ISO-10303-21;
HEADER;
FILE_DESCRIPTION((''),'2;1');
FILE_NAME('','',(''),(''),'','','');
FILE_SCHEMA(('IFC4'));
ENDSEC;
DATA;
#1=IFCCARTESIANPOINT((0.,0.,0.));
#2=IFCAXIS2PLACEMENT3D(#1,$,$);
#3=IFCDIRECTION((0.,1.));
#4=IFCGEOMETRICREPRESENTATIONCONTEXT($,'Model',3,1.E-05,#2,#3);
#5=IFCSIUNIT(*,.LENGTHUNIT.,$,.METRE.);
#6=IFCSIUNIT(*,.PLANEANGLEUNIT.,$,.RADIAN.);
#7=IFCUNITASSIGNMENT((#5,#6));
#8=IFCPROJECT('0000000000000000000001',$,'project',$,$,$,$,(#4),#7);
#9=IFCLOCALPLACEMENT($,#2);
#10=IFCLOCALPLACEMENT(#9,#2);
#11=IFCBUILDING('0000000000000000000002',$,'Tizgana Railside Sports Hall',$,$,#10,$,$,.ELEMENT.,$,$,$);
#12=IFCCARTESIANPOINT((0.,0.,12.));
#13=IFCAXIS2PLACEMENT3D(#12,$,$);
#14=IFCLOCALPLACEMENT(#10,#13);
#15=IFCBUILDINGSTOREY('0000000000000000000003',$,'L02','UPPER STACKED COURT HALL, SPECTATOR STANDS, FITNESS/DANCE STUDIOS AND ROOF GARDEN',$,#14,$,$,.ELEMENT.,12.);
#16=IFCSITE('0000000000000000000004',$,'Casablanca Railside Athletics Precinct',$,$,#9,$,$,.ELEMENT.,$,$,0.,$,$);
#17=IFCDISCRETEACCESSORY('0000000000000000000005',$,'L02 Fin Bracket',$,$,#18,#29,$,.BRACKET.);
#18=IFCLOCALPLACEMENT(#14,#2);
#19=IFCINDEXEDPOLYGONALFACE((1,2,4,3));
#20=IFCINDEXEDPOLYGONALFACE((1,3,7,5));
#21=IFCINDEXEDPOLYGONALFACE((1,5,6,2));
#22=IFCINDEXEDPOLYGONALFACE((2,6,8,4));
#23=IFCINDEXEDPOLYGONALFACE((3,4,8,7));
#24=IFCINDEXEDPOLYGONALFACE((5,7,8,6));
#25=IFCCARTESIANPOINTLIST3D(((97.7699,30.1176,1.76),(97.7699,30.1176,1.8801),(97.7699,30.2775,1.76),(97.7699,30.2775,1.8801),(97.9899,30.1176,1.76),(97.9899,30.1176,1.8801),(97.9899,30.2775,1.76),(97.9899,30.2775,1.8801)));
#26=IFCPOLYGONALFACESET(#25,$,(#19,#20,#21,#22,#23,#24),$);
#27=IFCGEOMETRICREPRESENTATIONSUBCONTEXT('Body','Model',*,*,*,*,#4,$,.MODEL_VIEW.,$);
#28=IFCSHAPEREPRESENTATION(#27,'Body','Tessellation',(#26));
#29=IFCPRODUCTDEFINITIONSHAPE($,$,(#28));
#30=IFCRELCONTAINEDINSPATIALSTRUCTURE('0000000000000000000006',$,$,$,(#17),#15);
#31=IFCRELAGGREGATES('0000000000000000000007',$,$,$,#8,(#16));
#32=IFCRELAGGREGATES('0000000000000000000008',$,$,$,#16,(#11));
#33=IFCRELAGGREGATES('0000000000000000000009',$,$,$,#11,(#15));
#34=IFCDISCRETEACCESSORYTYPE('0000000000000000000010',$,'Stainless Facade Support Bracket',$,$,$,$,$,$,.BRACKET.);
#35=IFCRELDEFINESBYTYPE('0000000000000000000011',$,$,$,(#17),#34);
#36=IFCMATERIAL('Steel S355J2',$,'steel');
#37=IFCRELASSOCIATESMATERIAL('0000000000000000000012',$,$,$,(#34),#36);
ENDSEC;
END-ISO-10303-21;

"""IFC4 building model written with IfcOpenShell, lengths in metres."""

from ifc_helpers import new_model, si_unit, direction, frame, origin, origin_2d, place, context, subcontext, project, spatial, rectangle, extrude, material, type_object, element, save


model = new_model("IFC4")

# Units and contexts
model_context = context("Model", 3, precision=1e-05, world=origin(), true_north=direction((0.0, 1.0)))
body_context = subcontext(model_context, "Body", "Model", "MODEL_VIEW")
ifc_project = project(units=[si_unit("LENGTHUNIT", "METRE"), si_unit("PLANEANGLEUNIT", "RADIAN")], contexts=[model_context])

# Site, building, storey
site_placement = place(None, origin())
site = spatial("IfcSite", under=ifc_project, at=site_placement, Name="Casablanca Railside Athletics Precinct", CompositionType="ELEMENT", RefElevation=0.0)
building_placement = place(site_placement, origin())
building = spatial("IfcBuilding", under=site, at=building_placement, Name="Tizgana Railside Sports Hall", CompositionType="ELEMENT")
storey_placement = place(building_placement, frame((0.0, 0.0, 12.0)))
storey = spatial("IfcBuildingStorey", under=building, at=storey_placement, Name="L02", Description="UPPER STACKED COURT HALL, SPECTATOR STANDS, FITNESS/DANCE STUDIOS AND ROOF GARDEN", CompositionType="ELEMENT", Elevation=12.0)

# Shared definitions
ifc_material_1 = material(Name="Steel S355J2", Category="steel")

# Discrete accessory
discrete_accessory_type = type_object("IfcDiscreteAccessoryType", Name="Stainless Facade Support Bracket", PredefinedType="BRACKET", material=ifc_material_1)
discrete_accessory_1_placement = place(storey_placement, frame((97.8799, 30.1975, 1.76), z_axis=(0.0, 0.0, 1.0), x_axis=(0.0, -1.0, 0.0)))
element("IfcDiscreteAccessory", 1, at=discrete_accessory_1_placement, inside=storey, type_object=discrete_accessory_type, Name="L02 Fin Bracket", PredefinedType="BRACKET", context=body_context, shape_type="SweptSolid", body=[
    extrude(rectangle(XDim=0.1599, YDim=0.22, at=origin_2d()), origin(), (0.0, 0.0, 1.0), 0.1201),
])

save(model, "model.ifc")
